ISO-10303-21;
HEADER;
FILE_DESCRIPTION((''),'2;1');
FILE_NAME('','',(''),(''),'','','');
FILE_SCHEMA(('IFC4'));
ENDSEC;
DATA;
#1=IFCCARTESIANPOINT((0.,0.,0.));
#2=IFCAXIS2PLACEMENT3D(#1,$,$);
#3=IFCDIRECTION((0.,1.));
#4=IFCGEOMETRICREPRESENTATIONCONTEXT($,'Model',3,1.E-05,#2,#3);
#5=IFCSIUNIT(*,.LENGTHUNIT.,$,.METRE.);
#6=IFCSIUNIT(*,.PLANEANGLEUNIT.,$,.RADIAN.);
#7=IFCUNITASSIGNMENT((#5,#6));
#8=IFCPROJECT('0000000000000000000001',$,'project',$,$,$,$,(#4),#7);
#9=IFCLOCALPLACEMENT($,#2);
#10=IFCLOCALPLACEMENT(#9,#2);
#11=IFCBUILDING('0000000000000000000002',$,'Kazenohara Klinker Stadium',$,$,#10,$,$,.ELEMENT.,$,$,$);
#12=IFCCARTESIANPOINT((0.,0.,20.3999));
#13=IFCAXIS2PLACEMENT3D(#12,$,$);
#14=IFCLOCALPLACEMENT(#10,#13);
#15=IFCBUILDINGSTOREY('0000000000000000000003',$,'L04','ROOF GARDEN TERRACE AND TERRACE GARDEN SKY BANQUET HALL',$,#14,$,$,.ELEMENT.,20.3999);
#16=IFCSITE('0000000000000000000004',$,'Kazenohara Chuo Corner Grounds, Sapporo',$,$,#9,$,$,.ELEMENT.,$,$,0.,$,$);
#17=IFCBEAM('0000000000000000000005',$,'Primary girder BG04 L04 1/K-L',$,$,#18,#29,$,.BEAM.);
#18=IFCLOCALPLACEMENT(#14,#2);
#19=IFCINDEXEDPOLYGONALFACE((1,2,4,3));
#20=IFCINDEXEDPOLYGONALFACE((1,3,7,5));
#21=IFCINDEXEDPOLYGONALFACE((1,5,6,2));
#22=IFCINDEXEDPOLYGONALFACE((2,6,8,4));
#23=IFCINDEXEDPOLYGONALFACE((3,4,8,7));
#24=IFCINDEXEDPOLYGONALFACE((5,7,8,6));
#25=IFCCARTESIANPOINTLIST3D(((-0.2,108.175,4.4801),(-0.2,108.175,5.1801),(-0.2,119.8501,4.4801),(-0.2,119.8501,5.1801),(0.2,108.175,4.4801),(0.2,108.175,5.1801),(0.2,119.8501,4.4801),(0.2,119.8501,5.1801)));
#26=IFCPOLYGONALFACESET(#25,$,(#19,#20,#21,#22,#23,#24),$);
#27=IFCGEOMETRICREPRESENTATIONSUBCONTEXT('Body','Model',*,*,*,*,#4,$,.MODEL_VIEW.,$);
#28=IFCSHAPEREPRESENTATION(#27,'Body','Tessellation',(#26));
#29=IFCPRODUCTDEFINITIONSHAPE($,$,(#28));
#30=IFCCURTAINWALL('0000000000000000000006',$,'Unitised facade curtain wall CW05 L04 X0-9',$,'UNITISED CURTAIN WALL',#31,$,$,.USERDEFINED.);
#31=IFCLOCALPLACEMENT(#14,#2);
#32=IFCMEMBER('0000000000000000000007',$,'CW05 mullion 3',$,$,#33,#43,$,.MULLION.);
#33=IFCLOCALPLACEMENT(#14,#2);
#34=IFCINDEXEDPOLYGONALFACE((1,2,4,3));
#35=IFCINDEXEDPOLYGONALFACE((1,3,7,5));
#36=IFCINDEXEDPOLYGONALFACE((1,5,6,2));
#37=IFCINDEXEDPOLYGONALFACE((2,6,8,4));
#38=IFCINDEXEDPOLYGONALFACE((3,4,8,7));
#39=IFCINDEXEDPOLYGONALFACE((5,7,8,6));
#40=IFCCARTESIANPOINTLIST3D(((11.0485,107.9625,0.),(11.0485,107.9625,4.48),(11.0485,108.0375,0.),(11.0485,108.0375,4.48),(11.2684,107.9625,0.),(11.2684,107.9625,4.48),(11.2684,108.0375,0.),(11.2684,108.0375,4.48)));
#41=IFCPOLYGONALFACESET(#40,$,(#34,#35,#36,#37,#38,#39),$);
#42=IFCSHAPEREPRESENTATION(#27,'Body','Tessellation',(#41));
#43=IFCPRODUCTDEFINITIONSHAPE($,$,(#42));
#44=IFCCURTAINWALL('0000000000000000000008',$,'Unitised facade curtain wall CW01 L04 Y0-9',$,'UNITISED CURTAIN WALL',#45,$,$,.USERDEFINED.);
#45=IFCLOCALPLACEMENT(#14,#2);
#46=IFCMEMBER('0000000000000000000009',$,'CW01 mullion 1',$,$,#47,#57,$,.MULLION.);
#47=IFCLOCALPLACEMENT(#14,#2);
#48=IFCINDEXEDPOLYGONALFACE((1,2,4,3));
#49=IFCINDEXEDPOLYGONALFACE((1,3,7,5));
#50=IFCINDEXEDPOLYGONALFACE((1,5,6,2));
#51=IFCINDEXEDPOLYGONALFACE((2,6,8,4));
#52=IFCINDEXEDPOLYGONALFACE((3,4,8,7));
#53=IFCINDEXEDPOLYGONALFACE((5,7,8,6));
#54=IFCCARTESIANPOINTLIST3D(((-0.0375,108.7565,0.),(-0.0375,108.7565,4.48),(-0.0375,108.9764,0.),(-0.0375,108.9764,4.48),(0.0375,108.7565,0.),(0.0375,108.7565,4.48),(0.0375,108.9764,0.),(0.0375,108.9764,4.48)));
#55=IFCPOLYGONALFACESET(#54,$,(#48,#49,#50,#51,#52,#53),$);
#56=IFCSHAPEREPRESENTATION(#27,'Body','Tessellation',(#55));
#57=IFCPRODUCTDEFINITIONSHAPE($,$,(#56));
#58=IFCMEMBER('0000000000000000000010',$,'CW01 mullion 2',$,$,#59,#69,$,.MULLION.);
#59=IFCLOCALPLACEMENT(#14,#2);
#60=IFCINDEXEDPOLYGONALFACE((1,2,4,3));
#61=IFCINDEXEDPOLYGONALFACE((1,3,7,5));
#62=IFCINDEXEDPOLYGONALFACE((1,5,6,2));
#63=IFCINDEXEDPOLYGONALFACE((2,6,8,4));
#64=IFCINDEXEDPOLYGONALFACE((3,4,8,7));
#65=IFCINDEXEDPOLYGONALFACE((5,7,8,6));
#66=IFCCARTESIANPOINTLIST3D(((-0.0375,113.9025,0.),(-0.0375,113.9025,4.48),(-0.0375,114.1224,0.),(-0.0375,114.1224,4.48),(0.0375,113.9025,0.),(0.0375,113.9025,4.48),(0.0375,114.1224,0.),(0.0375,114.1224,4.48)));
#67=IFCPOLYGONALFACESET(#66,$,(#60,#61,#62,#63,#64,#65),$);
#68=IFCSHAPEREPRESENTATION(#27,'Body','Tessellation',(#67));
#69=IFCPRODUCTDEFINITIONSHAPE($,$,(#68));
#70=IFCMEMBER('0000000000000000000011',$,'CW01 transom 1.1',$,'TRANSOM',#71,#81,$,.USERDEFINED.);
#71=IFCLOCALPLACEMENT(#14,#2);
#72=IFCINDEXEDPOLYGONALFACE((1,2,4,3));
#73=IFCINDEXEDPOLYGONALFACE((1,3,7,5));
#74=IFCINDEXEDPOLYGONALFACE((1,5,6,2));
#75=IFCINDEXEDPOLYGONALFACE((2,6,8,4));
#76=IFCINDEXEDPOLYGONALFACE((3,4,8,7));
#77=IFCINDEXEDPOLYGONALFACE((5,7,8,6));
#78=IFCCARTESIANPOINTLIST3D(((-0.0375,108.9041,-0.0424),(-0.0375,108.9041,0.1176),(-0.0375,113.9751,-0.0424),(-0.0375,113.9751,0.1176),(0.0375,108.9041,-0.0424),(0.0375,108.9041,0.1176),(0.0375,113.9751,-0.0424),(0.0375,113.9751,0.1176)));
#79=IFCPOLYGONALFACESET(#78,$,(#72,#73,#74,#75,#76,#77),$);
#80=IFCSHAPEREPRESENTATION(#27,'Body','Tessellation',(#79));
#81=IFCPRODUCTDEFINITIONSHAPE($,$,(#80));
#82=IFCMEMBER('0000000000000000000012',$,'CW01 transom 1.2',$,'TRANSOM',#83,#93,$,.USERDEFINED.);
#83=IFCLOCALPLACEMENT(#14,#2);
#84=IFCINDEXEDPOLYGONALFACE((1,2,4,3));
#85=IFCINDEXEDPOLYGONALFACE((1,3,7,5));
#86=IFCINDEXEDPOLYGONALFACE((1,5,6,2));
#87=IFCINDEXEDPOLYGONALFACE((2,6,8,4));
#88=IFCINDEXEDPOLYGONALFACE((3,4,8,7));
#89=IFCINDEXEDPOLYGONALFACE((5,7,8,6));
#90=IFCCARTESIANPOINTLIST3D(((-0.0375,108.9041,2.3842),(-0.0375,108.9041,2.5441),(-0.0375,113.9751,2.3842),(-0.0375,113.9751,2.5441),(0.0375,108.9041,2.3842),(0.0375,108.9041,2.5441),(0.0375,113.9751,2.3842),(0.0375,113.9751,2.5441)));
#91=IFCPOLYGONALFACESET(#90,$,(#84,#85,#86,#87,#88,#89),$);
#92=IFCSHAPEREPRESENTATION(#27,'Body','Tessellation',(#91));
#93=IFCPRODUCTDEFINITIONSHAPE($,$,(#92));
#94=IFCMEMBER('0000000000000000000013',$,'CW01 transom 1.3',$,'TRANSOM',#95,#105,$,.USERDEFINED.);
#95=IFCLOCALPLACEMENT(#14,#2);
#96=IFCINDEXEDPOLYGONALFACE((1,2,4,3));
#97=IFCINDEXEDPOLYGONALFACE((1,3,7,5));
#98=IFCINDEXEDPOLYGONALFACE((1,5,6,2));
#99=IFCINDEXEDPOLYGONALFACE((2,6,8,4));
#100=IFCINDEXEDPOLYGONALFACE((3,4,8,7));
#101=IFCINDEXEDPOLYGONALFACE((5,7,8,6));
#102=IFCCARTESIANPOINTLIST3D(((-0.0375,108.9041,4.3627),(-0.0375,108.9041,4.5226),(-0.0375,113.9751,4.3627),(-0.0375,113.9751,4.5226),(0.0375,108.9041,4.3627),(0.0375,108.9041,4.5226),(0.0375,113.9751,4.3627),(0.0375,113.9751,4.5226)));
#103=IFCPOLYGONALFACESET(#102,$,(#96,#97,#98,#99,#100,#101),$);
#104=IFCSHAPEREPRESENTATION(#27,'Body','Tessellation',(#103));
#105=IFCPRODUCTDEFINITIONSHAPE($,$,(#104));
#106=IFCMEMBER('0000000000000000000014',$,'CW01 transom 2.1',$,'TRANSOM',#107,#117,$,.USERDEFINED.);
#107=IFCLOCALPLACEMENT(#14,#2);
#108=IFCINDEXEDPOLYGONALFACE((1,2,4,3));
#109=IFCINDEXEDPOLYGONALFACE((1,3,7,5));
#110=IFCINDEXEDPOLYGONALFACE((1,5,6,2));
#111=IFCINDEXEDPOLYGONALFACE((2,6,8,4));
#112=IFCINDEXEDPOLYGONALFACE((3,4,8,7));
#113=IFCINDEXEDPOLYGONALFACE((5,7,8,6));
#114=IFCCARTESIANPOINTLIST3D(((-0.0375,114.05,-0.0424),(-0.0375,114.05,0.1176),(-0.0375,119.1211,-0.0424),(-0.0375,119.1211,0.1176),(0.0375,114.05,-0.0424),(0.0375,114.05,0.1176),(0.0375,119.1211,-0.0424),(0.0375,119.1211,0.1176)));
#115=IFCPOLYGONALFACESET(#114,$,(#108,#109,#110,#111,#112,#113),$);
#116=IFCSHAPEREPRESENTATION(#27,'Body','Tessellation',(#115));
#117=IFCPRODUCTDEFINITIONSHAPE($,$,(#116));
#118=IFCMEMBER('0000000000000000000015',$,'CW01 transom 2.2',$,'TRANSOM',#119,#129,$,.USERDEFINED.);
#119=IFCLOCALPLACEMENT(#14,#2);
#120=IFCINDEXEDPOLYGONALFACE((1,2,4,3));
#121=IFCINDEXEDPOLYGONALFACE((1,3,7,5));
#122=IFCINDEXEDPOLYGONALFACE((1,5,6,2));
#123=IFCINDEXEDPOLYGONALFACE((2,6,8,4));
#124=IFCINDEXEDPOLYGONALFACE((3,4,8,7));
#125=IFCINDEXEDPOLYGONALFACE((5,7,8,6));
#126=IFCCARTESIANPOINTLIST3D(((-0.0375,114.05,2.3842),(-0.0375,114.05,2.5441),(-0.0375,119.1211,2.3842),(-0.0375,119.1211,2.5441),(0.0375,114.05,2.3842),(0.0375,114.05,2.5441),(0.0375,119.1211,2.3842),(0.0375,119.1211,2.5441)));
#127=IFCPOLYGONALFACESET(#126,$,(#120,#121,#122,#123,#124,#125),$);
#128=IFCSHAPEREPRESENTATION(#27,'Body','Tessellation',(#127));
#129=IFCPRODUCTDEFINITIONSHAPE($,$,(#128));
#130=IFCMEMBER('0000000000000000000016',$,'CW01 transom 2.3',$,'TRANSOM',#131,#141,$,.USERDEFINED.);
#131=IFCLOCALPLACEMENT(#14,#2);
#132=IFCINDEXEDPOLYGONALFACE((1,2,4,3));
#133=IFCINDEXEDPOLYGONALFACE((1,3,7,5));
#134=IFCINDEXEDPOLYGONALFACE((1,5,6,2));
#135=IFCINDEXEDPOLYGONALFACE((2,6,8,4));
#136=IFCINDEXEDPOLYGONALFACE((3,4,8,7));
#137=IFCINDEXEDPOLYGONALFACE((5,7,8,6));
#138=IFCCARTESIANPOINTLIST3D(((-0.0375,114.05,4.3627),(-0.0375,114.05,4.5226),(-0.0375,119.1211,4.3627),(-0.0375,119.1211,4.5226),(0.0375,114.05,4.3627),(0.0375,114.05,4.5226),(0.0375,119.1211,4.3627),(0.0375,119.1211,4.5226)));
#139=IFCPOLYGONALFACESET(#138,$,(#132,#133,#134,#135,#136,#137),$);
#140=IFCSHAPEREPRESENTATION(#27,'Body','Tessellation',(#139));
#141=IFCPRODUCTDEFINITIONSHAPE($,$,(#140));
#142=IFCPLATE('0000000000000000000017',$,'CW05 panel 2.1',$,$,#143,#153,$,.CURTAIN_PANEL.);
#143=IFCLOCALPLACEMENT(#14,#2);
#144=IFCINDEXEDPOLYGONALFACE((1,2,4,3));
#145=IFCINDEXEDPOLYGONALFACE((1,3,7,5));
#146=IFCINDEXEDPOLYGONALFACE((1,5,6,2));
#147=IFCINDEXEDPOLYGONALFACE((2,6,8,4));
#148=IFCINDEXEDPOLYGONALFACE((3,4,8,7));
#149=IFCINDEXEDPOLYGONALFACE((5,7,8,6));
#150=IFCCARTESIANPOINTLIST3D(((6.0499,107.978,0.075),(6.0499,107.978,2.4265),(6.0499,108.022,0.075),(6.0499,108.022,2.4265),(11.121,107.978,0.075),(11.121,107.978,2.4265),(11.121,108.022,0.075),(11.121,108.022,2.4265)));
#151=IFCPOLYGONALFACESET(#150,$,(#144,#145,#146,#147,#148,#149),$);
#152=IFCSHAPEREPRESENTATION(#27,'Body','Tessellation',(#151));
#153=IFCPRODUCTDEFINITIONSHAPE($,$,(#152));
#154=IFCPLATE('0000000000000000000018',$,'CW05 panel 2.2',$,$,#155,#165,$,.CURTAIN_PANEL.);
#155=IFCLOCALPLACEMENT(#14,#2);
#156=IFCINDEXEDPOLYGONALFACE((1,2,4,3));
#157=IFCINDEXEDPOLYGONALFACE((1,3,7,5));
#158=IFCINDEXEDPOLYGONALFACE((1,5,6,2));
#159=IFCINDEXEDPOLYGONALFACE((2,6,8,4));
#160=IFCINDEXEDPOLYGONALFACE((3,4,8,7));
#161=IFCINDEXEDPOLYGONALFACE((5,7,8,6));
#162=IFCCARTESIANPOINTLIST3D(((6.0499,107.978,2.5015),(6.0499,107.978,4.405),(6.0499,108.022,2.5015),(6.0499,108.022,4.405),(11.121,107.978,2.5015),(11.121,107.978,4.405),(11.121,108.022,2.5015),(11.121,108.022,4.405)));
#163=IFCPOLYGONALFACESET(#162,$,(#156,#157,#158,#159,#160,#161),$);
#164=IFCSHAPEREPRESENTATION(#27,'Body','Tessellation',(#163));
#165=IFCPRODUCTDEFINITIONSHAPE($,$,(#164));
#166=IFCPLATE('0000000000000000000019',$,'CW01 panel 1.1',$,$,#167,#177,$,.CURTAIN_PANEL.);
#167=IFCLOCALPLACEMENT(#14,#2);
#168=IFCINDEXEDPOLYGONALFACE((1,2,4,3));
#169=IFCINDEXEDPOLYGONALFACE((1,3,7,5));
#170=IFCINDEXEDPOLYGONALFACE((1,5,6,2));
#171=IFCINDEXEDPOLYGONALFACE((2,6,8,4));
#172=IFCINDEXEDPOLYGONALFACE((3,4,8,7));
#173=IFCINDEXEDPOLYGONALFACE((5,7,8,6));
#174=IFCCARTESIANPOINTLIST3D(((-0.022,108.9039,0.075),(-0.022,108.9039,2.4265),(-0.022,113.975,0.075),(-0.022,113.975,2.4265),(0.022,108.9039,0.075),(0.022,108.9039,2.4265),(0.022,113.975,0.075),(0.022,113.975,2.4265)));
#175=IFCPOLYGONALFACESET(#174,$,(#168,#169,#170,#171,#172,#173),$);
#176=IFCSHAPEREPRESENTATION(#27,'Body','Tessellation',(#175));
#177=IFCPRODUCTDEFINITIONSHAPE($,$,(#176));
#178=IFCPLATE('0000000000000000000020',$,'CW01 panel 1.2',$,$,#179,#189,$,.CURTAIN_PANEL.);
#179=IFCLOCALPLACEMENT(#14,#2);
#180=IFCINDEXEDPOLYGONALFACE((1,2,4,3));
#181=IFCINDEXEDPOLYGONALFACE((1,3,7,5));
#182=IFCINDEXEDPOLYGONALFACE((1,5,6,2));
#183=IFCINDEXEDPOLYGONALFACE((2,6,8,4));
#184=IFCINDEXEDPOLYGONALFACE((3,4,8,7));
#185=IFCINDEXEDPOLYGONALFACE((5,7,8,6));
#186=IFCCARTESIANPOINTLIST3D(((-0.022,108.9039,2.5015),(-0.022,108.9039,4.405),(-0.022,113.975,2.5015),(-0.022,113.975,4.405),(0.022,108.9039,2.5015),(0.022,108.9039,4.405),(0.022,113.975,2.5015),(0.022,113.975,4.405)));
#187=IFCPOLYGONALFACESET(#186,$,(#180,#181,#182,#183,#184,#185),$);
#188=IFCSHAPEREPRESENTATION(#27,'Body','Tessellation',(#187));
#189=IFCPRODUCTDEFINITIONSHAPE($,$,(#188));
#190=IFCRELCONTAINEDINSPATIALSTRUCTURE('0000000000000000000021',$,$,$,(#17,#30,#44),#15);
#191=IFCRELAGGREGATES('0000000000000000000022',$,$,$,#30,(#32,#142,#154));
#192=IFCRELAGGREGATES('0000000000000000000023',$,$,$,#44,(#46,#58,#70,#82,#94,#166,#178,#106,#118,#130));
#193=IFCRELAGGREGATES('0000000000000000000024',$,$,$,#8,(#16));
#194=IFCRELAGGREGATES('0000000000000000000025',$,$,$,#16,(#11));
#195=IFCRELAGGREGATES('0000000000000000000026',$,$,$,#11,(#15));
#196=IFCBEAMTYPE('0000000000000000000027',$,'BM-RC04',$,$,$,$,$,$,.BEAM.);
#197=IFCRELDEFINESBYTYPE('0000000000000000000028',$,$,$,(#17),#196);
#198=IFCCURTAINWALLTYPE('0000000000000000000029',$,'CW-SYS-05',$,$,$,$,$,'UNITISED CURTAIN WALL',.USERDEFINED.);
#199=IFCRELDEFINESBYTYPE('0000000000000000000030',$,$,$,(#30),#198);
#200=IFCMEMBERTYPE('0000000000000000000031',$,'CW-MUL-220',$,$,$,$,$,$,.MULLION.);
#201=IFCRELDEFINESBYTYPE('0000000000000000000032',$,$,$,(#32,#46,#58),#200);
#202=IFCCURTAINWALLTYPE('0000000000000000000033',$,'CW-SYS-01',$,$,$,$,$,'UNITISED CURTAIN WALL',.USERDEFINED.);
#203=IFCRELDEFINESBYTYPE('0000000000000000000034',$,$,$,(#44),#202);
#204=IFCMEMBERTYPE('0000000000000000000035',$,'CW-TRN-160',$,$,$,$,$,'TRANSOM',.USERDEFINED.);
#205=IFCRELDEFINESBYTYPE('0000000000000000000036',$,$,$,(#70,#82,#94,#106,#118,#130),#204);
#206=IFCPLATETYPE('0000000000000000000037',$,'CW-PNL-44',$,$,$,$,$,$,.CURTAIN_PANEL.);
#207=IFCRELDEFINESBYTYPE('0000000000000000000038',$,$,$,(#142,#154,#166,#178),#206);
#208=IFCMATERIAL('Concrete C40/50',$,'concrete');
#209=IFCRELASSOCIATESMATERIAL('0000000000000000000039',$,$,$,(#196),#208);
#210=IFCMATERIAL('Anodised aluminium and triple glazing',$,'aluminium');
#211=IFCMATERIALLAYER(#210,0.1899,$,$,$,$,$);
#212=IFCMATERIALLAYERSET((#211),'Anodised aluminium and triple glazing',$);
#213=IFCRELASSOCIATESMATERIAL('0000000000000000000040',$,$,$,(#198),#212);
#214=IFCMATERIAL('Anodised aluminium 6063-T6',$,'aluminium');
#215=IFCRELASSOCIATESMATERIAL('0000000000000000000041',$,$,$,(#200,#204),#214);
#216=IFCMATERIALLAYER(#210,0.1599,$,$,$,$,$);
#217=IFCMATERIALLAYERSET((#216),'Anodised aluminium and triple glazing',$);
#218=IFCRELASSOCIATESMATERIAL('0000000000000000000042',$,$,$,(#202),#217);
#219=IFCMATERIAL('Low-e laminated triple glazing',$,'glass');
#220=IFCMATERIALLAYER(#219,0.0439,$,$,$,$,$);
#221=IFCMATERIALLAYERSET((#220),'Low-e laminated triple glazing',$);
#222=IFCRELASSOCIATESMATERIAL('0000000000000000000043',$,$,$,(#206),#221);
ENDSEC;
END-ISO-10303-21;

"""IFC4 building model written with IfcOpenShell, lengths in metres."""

from ifc_helpers import new_model, si_unit, direction, frame, origin, origin_2d, place, context, subcontext, project, spatial, rectangle, extrude, material, layer, layer_set, material_profile, profile_set, type_object, element, aggregate, save


model = new_model("IFC4")

# Units and contexts
model_context = context("Model", 3, precision=1e-05, world=origin(), true_north=direction((0.0, 1.0)))
body_context = subcontext(model_context, "Body", "Model", "MODEL_VIEW")
ifc_project = project(units=[si_unit("LENGTHUNIT", "METRE"), si_unit("PLANEANGLEUNIT", "RADIAN")], contexts=[model_context])

# Site, building, storey
site_placement = place(None, origin())
site = spatial("IfcSite", under=ifc_project, at=site_placement, Name="Kazenohara Chuo Corner Grounds, Sapporo", CompositionType="ELEMENT", RefElevation=0.0)
building_placement = place(site_placement, origin())
building = spatial("IfcBuilding", under=site, at=building_placement, Name="Kazenohara Klinker Stadium", CompositionType="ELEMENT")
storey_placement = place(building_placement, frame((0.0, 0.0, 20.3999)))
storey = spatial("IfcBuildingStorey", under=building, at=storey_placement, Name="L04", Description="ROOF GARDEN TERRACE AND TERRACE GARDEN SKY BANQUET HALL", CompositionType="ELEMENT", Elevation=20.3999)

# Beam
ifc_material_1 = material(Name="Concrete C40/50", Category="concrete")
ifc_material_profile_1 = material_profile(ifc_material_1, rectangle(XDim=0.3999, YDim=0.7, at=origin_2d()), Name="RC-BM-400x700")
ifc_profile_set_1 = profile_set([ifc_material_profile_1], Name="Concrete C40/50")
beam_type = type_object("IfcBeamType", Name="BM-RC04", PredefinedType="BEAM", material=ifc_profile_set_1)
beam_placement = place(storey_placement, frame((0.0, 108.175, 4.8301), z_axis=(0.0, 1.0, 0.0), x_axis=(-1.0, 0.0, 0.0)))
element("IfcBeam", 1, at=beam_placement, inside=storey, type_object=beam_type, Name="Primary girder BG04 L04 1/K-L", PredefinedType="BEAM", context=body_context, shape_type="SweptSolid", body=[
    extrude(rectangle(XDim=0.3999, YDim=0.7, at=origin_2d()), origin(), (0.0, 0.0, 1.0), 11.675),
])

# Curtain wall, member
ifc_material_2 = material(Name="Anodised aluminium and triple glazing", Category="aluminium")
ifc_layer_1 = layer(ifc_material_2, 0.1899)
ifc_layer_set_1 = layer_set([ifc_layer_1], Name="Anodised aluminium and triple glazing")
curtain_wall_type_1 = type_object("IfcCurtainWallType", Name="CW-SYS-05", ElementType="UNITISED CURTAIN WALL", PredefinedType="USERDEFINED", material=ifc_layer_set_1)
curtain_wall_1_placement = place(storey_placement, origin())
curtain_wall_1 = element("IfcCurtainWall", 2, at=curtain_wall_1_placement, inside=storey, type_object=curtain_wall_type_1, Name="Unitised facade curtain wall CW05 L04 X0-9", ObjectType="UNITISED CURTAIN WALL", PredefinedType="USERDEFINED")
ifc_material_3 = material(Name="Anodised aluminium 6063-T6", Category="aluminium")
ifc_material_profile_2 = material_profile(ifc_material_3, rectangle(XDim=0.075, YDim=0.22, at=origin_2d()), Name="ALU-MUL-75x220")
ifc_profile_set_2 = profile_set([ifc_material_profile_2], Name="Anodised aluminium 6063-T6")
member_type_1 = type_object("IfcMemberType", Name="CW-MUL-220", PredefinedType="MULLION", material=ifc_profile_set_2)
member_1_placement = place(storey_placement, frame((11.1584, 108.0, 0.0), z_axis=(0.0, 0.0, 1.0), x_axis=(0.0, 1.0, 0.0)))
member_1 = element("IfcMember", 3, at=member_1_placement, type_object=member_type_1, Name="CW05 mullion 3", PredefinedType="MULLION", context=body_context, shape_type="SweptSolid", body=[
    extrude(rectangle(XDim=0.075, YDim=0.22, at=origin_2d()), origin(), (0.0, 0.0, 1.0), 4.48),
])

# Curtain wall, members
ifc_layer_2 = layer(ifc_material_2, 0.1599)
ifc_layer_set_2 = layer_set([ifc_layer_2], Name="Anodised aluminium and triple glazing")
curtain_wall_type_2 = type_object("IfcCurtainWallType", Name="CW-SYS-01", ElementType="UNITISED CURTAIN WALL", PredefinedType="USERDEFINED", material=ifc_layer_set_2)
curtain_wall_2_placement = place(storey_placement, origin())
curtain_wall_2 = element("IfcCurtainWall", 4, at=curtain_wall_2_placement, inside=storey, type_object=curtain_wall_type_2, Name="Unitised facade curtain wall CW01 L04 Y0-9", ObjectType="UNITISED CURTAIN WALL", PredefinedType="USERDEFINED")
member_2_placement = place(storey_placement, frame((0.0, 108.8665, 0.0), z_axis=(0.0, 0.0, 1.0), x_axis=(-1.0, 0.0, 0.0)))
member_2 = element("IfcMember", 5, at=member_2_placement, type_object=member_type_1, Name="CW01 mullion 1", PredefinedType="MULLION", context=body_context, shape_type="SweptSolid", body=[
    extrude(rectangle(XDim=0.075, YDim=0.22, at=origin_2d()), origin(), (0.0, 0.0, 1.0), 4.48),
])
member_3_placement = place(storey_placement, frame((0.0, 114.0125, 0.0), z_axis=(0.0, 0.0, 1.0), x_axis=(-1.0, 0.0, 0.0)))
member_3 = element("IfcMember", 6, at=member_3_placement, type_object=member_type_1, Name="CW01 mullion 2", PredefinedType="MULLION", context=body_context, shape_type="SweptSolid", body=[
    extrude(rectangle(XDim=0.075, YDim=0.22, at=origin_2d()), origin(), (0.0, 0.0, 1.0), 4.48),
])
ifc_material_profile_3 = material_profile(ifc_material_3, rectangle(XDim=0.075, YDim=0.1599, at=origin_2d()), Name="ALU-TRN-75x160")
ifc_profile_set_3 = profile_set([ifc_material_profile_3], Name="Anodised aluminium 6063-T6")
member_type_2 = type_object("IfcMemberType", Name="CW-TRN-160", ElementType="TRANSOM", PredefinedType="USERDEFINED", material=ifc_profile_set_3)
member_4_placement = place(storey_placement, frame((0.0, 108.9041, 0.0376), z_axis=(0.0, 1.0, 0.0), x_axis=(-1.0, 0.0, 0.0)))
member_4 = element("IfcMember", 7, at=member_4_placement, type_object=member_type_2, Name="CW01 transom 1.1", ObjectType="TRANSOM", PredefinedType="USERDEFINED", context=body_context, shape_type="SweptSolid", body=[
    extrude(rectangle(XDim=0.075, YDim=0.1599, at=origin_2d()), origin(), (0.0, 0.0, 1.0), 5.071),
])
member_5_placement = place(storey_placement, frame((0.0, 108.9041, 2.4641), z_axis=(0.0, 1.0, 0.0), x_axis=(-1.0, 0.0, 0.0)))
member_5 = element("IfcMember", 8, at=member_5_placement, type_object=member_type_2, Name="CW01 transom 1.2", ObjectType="TRANSOM", PredefinedType="USERDEFINED", context=body_context, shape_type="SweptSolid", body=[
    extrude(rectangle(XDim=0.075, YDim=0.1599, at=origin_2d()), origin(), (0.0, 0.0, 1.0), 5.071),
])
member_6_placement = place(storey_placement, frame((0.0, 108.9041, 4.4426), z_axis=(0.0, 1.0, 0.0), x_axis=(-1.0, 0.0, 0.0)))
member_6 = element("IfcMember", 9, at=member_6_placement, type_object=member_type_2, Name="CW01 transom 1.3", ObjectType="TRANSOM", PredefinedType="USERDEFINED", context=body_context, shape_type="SweptSolid", body=[
    extrude(rectangle(XDim=0.075, YDim=0.1599, at=origin_2d()), origin(), (0.0, 0.0, 1.0), 5.071),
])
member_7_placement = place(storey_placement, frame((0.0, 114.05, 0.0376), z_axis=(0.0, 1.0, 0.0), x_axis=(-1.0, 0.0, 0.0)))
member_7 = element("IfcMember", 10, at=member_7_placement, type_object=member_type_2, Name="CW01 transom 2.1", ObjectType="TRANSOM", PredefinedType="USERDEFINED", context=body_context, shape_type="SweptSolid", body=[
    extrude(rectangle(XDim=0.075, YDim=0.1599, at=origin_2d()), origin(), (0.0, 0.0, 1.0), 5.071),
])
member_8_placement = place(storey_placement, frame((0.0, 114.05, 2.4641), z_axis=(0.0, 1.0, 0.0), x_axis=(-1.0, 0.0, 0.0)))
member_8 = element("IfcMember", 11, at=member_8_placement, type_object=member_type_2, Name="CW01 transom 2.2", ObjectType="TRANSOM", PredefinedType="USERDEFINED", context=body_context, shape_type="SweptSolid", body=[
    extrude(rectangle(XDim=0.075, YDim=0.1599, at=origin_2d()), origin(), (0.0, 0.0, 1.0), 5.071),
])
member_9_placement = place(storey_placement, frame((0.0, 114.05, 4.4426), z_axis=(0.0, 1.0, 0.0), x_axis=(-1.0, 0.0, 0.0)))
member_9 = element("IfcMember", 12, at=member_9_placement, type_object=member_type_2, Name="CW01 transom 2.3", ObjectType="TRANSOM", PredefinedType="USERDEFINED", context=body_context, shape_type="SweptSolid", body=[
    extrude(rectangle(XDim=0.075, YDim=0.1599, at=origin_2d()), origin(), (0.0, 0.0, 1.0), 5.071),
])

# Plates
ifc_material_4 = material(Name="Low-e laminated triple glazing", Category="glass")
ifc_layer_3 = layer(ifc_material_4, 0.0439)
ifc_layer_set_3 = layer_set([ifc_layer_3], Name="Low-e laminated triple glazing")
plate_type = type_object("IfcPlateType", Name="CW-PNL-44", PredefinedType="CURTAIN_PANEL", material=ifc_layer_set_3)
plate_1_placement = place(storey_placement, frame((8.5854, 108.0, 0.075), z_axis=(0.0, 0.0, 1.0), x_axis=(1.0, 0.0, 0.0)))
plate_1 = element("IfcPlate", 13, at=plate_1_placement, type_object=plate_type, Name="CW05 panel 2.1", PredefinedType="CURTAIN_PANEL", context=body_context, shape_type="SweptSolid", body=[
    extrude(rectangle(XDim=5.071, YDim=0.0439, at=origin_2d()), origin(), (0.0, 0.0, 1.0), 2.3516),
])
plate_2_placement = place(storey_placement, frame((8.5854, 108.0, 2.5015), z_axis=(0.0, 0.0, 1.0), x_axis=(1.0, 0.0, 0.0)))
plate_2 = element("IfcPlate", 14, at=plate_2_placement, type_object=plate_type, Name="CW05 panel 2.2", PredefinedType="CURTAIN_PANEL", context=body_context, shape_type="SweptSolid", body=[
    extrude(rectangle(XDim=5.071, YDim=0.0439, at=origin_2d()), origin(), (0.0, 0.0, 1.0), 1.9036),
])
aggregate(curtain_wall_1, [member_1, plate_1, plate_2])
plate_3_placement = place(storey_placement, frame((0.0, 111.4395, 0.075), z_axis=(0.0, 0.0, 1.0), x_axis=(0.0, 1.0, 0.0)))
plate_3 = element("IfcPlate", 15, at=plate_3_placement, type_object=plate_type, Name="CW01 panel 1.1", PredefinedType="CURTAIN_PANEL", context=body_context, shape_type="SweptSolid", body=[
    extrude(rectangle(XDim=5.071, YDim=0.0439, at=origin_2d()), origin(), (0.0, 0.0, 1.0), 2.3516),
])
plate_4_placement = place(storey_placement, frame((0.0, 111.4395, 2.5015), z_axis=(0.0, 0.0, 1.0), x_axis=(0.0, 1.0, 0.0)))
plate_4 = element("IfcPlate", 16, at=plate_4_placement, type_object=plate_type, Name="CW01 panel 1.2", PredefinedType="CURTAIN_PANEL", context=body_context, shape_type="SweptSolid", body=[
    extrude(rectangle(XDim=5.071, YDim=0.0439, at=origin_2d()), origin(), (0.0, 0.0, 1.0), 1.9036),
])
aggregate(curtain_wall_2, [member_2, member_3, member_4, member_5, member_6, plate_3, plate_4, member_7, member_8, member_9])

save(model, "model.ifc")
